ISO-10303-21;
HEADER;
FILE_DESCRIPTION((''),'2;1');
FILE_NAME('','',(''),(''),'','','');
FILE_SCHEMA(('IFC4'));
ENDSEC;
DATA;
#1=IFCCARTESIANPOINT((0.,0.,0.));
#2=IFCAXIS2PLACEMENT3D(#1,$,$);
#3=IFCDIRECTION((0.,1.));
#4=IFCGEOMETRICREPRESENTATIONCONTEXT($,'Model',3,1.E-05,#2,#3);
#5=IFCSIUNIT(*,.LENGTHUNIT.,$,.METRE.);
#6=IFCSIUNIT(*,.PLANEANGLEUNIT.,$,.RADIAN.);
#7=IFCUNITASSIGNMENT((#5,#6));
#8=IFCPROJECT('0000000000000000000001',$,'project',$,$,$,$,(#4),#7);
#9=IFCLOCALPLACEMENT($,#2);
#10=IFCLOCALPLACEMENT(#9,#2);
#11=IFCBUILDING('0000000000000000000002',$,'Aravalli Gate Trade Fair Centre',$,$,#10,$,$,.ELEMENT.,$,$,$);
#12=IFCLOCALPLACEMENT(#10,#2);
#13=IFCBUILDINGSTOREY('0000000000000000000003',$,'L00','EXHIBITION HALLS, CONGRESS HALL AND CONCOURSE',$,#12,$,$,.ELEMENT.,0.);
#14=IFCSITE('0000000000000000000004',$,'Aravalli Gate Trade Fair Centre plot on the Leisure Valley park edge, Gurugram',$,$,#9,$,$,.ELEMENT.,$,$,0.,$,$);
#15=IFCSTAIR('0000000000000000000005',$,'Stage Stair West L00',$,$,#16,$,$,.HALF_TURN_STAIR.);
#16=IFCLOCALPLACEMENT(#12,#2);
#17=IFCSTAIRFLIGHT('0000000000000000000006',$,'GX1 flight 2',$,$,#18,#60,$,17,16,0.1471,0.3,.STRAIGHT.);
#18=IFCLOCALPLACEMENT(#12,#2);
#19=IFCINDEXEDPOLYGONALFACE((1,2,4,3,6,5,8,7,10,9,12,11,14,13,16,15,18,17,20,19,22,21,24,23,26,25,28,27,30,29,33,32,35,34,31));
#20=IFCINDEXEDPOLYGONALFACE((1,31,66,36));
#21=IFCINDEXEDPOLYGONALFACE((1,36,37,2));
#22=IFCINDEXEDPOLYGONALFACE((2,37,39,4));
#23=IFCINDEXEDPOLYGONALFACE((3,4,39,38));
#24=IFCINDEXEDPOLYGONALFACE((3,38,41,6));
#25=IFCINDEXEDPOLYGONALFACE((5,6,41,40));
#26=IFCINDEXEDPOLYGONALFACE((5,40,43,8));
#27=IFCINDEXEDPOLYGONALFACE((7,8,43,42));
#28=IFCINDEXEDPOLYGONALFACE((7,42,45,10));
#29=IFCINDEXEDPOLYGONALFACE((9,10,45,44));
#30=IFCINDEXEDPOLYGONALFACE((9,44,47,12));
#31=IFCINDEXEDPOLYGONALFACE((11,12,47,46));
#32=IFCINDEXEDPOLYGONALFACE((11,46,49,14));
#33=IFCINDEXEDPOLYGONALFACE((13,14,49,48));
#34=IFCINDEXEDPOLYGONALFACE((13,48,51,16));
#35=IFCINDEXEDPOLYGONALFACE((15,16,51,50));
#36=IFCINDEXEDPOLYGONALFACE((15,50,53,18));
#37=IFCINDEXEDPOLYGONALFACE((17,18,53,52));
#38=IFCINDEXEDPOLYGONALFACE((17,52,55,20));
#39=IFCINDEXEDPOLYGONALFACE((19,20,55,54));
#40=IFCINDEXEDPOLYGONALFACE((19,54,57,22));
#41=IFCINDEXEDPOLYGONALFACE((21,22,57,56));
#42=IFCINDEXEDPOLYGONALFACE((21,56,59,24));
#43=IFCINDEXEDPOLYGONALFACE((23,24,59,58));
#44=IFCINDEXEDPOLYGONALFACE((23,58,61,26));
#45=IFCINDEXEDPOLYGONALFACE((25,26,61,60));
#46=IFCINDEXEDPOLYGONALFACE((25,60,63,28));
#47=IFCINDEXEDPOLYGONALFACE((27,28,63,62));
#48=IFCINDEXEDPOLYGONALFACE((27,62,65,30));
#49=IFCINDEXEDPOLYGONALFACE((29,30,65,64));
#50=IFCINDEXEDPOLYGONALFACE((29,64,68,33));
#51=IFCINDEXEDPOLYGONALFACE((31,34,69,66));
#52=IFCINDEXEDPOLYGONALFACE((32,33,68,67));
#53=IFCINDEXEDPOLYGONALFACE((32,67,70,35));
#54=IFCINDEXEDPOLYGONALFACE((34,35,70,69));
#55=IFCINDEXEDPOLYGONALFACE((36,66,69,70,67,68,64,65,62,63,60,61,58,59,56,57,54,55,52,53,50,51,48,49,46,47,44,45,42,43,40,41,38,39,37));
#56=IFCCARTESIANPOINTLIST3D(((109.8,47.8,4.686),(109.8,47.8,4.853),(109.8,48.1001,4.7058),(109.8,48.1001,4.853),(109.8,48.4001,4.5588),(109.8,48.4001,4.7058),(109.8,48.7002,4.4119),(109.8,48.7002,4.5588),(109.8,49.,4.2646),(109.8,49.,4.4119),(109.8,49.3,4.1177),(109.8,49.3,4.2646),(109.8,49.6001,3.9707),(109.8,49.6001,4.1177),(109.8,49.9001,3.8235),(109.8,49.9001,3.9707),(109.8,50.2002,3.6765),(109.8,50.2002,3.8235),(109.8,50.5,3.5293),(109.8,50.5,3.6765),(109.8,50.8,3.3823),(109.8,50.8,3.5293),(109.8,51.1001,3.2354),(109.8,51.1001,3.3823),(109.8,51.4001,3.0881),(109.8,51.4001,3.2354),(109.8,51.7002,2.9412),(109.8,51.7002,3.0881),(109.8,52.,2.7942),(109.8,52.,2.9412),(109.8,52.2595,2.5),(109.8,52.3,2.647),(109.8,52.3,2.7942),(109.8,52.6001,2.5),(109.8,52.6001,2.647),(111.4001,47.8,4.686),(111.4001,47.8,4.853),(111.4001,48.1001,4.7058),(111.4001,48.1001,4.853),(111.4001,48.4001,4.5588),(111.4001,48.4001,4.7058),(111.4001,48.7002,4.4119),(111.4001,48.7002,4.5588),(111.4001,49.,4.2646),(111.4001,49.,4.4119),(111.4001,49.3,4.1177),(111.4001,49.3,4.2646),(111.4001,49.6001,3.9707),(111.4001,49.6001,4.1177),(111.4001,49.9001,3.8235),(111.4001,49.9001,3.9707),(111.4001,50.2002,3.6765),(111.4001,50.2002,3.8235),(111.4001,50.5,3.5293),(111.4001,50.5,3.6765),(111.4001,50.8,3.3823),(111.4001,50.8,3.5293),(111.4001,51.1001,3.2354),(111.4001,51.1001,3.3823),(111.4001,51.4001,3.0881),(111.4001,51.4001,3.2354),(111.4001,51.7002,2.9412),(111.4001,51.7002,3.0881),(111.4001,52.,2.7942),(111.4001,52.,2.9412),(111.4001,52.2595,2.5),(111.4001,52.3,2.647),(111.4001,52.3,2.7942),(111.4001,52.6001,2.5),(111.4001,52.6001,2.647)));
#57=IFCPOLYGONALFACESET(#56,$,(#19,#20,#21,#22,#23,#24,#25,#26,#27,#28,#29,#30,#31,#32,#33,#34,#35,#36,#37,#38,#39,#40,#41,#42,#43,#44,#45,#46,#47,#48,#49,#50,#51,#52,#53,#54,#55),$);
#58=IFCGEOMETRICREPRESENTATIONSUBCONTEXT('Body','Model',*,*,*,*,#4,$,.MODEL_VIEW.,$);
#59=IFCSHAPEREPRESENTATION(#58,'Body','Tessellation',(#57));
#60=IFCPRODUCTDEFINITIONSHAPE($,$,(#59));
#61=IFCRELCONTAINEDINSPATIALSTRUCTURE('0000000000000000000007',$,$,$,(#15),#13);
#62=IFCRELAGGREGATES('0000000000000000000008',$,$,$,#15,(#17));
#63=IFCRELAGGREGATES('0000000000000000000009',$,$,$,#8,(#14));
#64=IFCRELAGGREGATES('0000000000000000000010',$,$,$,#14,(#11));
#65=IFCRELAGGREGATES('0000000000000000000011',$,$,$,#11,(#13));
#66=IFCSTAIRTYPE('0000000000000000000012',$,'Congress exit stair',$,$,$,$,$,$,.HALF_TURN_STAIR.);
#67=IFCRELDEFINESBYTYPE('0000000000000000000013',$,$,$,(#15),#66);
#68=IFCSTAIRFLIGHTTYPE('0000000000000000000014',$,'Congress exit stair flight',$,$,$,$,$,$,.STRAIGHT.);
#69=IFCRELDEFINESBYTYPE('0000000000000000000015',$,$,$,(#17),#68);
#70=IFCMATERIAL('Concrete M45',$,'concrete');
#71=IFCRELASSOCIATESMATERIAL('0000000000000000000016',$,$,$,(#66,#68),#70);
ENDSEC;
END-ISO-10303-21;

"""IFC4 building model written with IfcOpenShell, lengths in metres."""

from ifc_helpers import new_model, si_unit, direction, frame, origin, place, context, subcontext, project, spatial, polyline, outline, extrude, material, type_object, element, aggregate, save


model = new_model("IFC4")

# Units and contexts
model_context = context("Model", 3, precision=1e-05, world=origin(), true_north=direction((0.0, 1.0)))
body_context = subcontext(model_context, "Body", "Model", "MODEL_VIEW")
ifc_project = project(units=[si_unit("LENGTHUNIT", "METRE"), si_unit("PLANEANGLEUNIT", "RADIAN")], contexts=[model_context])

# Site, building, storey
site_placement = place(None, origin())
site = spatial("IfcSite", under=ifc_project, at=site_placement, Name="Aravalli Gate Trade Fair Centre plot on the Leisure Valley park edge, Gurugram", CompositionType="ELEMENT", RefElevation=0.0)
building_placement = place(site_placement, origin())
building = spatial("IfcBuilding", under=site, at=building_placement, Name="Aravalli Gate Trade Fair Centre", CompositionType="ELEMENT")
storey_placement = place(building_placement, origin())
storey = spatial("IfcBuildingStorey", under=building, at=storey_placement, Name="L00", Description="EXHIBITION HALLS, CONGRESS HALL AND CONCOURSE", CompositionType="ELEMENT", Elevation=0.0)

# Shared definitions
ifc_material_1 = material(Name="Concrete M45", Category="concrete")

# Stair, stair flight
stair_type = type_object("IfcStairType", Name="Congress exit stair", PredefinedType="HALF_TURN_STAIR", material=ifc_material_1)
stair_placement = place(storey_placement, origin())
stair = element("IfcStair", 1, at=stair_placement, inside=storey, type_object=stair_type, Name="Stage Stair West L00", PredefinedType="HALF_TURN_STAIR")
stair_flight_type = type_object("IfcStairFlightType", Name="Congress exit stair flight", PredefinedType="STRAIGHT", material=ifc_material_1)
stair_flight_1_placement = place(storey_placement, frame((110.6001, 52.6001, 2.5), z_axis=(0.0, 0.0, 1.0), x_axis=(0.0, -1.0, 0.0)))
stair_flight_1 = element("IfcStairFlight", 2, at=stair_flight_1_placement, type_object=stair_flight_type, Name="GX1 flight 2", NumberOfRisers=17, NumberOfTreads=16, PredefinedType="STRAIGHT", RiserHeight=0.1471, TreadLength=0.3, context=body_context, shape_type="SweptSolid", body=[
    extrude(outline(polyline([(0.0, 0.0), (0.0, 0.147), (0.3, 0.147), (0.3, 0.2942), (0.6001, 0.2942), (0.6001, 0.4412), (0.8999, 0.4412), (0.8999, 0.5881), (1.2, 0.5881), (1.2, 0.7354), (1.5, 0.7354), (1.5, 0.8823), (1.8, 0.8823), (1.8, 1.0293), (2.1001, 1.0293), (2.1001, 1.1765), (2.3999, 1.1765), (2.3999, 1.3235), (2.7, 1.3235), (2.7, 1.4707), (3.0, 1.4707), (3.0, 1.6177), (3.3, 1.6177), (3.3, 1.7646), (3.6001, 1.7646), (3.6001, 1.9119), (3.8999, 1.9119), (3.8999, 2.0588), (4.2, 2.0588), (4.2, 2.2058), (4.5, 2.2058), (4.5, 2.353), (4.8, 2.353), (4.8, 2.5), (4.8, 2.186), (0.3406, 0.0), (0.0, 0.0)])), frame((0.0, 0.8, 0.0), z_axis=(0.0, -1.0, 0.0), x_axis=(1.0, 0.0, 0.0)), (0.0, 0.0, 1.0), 1.6001),
])
aggregate(stair, [stair_flight_1])

save(model, "model.ifc")
